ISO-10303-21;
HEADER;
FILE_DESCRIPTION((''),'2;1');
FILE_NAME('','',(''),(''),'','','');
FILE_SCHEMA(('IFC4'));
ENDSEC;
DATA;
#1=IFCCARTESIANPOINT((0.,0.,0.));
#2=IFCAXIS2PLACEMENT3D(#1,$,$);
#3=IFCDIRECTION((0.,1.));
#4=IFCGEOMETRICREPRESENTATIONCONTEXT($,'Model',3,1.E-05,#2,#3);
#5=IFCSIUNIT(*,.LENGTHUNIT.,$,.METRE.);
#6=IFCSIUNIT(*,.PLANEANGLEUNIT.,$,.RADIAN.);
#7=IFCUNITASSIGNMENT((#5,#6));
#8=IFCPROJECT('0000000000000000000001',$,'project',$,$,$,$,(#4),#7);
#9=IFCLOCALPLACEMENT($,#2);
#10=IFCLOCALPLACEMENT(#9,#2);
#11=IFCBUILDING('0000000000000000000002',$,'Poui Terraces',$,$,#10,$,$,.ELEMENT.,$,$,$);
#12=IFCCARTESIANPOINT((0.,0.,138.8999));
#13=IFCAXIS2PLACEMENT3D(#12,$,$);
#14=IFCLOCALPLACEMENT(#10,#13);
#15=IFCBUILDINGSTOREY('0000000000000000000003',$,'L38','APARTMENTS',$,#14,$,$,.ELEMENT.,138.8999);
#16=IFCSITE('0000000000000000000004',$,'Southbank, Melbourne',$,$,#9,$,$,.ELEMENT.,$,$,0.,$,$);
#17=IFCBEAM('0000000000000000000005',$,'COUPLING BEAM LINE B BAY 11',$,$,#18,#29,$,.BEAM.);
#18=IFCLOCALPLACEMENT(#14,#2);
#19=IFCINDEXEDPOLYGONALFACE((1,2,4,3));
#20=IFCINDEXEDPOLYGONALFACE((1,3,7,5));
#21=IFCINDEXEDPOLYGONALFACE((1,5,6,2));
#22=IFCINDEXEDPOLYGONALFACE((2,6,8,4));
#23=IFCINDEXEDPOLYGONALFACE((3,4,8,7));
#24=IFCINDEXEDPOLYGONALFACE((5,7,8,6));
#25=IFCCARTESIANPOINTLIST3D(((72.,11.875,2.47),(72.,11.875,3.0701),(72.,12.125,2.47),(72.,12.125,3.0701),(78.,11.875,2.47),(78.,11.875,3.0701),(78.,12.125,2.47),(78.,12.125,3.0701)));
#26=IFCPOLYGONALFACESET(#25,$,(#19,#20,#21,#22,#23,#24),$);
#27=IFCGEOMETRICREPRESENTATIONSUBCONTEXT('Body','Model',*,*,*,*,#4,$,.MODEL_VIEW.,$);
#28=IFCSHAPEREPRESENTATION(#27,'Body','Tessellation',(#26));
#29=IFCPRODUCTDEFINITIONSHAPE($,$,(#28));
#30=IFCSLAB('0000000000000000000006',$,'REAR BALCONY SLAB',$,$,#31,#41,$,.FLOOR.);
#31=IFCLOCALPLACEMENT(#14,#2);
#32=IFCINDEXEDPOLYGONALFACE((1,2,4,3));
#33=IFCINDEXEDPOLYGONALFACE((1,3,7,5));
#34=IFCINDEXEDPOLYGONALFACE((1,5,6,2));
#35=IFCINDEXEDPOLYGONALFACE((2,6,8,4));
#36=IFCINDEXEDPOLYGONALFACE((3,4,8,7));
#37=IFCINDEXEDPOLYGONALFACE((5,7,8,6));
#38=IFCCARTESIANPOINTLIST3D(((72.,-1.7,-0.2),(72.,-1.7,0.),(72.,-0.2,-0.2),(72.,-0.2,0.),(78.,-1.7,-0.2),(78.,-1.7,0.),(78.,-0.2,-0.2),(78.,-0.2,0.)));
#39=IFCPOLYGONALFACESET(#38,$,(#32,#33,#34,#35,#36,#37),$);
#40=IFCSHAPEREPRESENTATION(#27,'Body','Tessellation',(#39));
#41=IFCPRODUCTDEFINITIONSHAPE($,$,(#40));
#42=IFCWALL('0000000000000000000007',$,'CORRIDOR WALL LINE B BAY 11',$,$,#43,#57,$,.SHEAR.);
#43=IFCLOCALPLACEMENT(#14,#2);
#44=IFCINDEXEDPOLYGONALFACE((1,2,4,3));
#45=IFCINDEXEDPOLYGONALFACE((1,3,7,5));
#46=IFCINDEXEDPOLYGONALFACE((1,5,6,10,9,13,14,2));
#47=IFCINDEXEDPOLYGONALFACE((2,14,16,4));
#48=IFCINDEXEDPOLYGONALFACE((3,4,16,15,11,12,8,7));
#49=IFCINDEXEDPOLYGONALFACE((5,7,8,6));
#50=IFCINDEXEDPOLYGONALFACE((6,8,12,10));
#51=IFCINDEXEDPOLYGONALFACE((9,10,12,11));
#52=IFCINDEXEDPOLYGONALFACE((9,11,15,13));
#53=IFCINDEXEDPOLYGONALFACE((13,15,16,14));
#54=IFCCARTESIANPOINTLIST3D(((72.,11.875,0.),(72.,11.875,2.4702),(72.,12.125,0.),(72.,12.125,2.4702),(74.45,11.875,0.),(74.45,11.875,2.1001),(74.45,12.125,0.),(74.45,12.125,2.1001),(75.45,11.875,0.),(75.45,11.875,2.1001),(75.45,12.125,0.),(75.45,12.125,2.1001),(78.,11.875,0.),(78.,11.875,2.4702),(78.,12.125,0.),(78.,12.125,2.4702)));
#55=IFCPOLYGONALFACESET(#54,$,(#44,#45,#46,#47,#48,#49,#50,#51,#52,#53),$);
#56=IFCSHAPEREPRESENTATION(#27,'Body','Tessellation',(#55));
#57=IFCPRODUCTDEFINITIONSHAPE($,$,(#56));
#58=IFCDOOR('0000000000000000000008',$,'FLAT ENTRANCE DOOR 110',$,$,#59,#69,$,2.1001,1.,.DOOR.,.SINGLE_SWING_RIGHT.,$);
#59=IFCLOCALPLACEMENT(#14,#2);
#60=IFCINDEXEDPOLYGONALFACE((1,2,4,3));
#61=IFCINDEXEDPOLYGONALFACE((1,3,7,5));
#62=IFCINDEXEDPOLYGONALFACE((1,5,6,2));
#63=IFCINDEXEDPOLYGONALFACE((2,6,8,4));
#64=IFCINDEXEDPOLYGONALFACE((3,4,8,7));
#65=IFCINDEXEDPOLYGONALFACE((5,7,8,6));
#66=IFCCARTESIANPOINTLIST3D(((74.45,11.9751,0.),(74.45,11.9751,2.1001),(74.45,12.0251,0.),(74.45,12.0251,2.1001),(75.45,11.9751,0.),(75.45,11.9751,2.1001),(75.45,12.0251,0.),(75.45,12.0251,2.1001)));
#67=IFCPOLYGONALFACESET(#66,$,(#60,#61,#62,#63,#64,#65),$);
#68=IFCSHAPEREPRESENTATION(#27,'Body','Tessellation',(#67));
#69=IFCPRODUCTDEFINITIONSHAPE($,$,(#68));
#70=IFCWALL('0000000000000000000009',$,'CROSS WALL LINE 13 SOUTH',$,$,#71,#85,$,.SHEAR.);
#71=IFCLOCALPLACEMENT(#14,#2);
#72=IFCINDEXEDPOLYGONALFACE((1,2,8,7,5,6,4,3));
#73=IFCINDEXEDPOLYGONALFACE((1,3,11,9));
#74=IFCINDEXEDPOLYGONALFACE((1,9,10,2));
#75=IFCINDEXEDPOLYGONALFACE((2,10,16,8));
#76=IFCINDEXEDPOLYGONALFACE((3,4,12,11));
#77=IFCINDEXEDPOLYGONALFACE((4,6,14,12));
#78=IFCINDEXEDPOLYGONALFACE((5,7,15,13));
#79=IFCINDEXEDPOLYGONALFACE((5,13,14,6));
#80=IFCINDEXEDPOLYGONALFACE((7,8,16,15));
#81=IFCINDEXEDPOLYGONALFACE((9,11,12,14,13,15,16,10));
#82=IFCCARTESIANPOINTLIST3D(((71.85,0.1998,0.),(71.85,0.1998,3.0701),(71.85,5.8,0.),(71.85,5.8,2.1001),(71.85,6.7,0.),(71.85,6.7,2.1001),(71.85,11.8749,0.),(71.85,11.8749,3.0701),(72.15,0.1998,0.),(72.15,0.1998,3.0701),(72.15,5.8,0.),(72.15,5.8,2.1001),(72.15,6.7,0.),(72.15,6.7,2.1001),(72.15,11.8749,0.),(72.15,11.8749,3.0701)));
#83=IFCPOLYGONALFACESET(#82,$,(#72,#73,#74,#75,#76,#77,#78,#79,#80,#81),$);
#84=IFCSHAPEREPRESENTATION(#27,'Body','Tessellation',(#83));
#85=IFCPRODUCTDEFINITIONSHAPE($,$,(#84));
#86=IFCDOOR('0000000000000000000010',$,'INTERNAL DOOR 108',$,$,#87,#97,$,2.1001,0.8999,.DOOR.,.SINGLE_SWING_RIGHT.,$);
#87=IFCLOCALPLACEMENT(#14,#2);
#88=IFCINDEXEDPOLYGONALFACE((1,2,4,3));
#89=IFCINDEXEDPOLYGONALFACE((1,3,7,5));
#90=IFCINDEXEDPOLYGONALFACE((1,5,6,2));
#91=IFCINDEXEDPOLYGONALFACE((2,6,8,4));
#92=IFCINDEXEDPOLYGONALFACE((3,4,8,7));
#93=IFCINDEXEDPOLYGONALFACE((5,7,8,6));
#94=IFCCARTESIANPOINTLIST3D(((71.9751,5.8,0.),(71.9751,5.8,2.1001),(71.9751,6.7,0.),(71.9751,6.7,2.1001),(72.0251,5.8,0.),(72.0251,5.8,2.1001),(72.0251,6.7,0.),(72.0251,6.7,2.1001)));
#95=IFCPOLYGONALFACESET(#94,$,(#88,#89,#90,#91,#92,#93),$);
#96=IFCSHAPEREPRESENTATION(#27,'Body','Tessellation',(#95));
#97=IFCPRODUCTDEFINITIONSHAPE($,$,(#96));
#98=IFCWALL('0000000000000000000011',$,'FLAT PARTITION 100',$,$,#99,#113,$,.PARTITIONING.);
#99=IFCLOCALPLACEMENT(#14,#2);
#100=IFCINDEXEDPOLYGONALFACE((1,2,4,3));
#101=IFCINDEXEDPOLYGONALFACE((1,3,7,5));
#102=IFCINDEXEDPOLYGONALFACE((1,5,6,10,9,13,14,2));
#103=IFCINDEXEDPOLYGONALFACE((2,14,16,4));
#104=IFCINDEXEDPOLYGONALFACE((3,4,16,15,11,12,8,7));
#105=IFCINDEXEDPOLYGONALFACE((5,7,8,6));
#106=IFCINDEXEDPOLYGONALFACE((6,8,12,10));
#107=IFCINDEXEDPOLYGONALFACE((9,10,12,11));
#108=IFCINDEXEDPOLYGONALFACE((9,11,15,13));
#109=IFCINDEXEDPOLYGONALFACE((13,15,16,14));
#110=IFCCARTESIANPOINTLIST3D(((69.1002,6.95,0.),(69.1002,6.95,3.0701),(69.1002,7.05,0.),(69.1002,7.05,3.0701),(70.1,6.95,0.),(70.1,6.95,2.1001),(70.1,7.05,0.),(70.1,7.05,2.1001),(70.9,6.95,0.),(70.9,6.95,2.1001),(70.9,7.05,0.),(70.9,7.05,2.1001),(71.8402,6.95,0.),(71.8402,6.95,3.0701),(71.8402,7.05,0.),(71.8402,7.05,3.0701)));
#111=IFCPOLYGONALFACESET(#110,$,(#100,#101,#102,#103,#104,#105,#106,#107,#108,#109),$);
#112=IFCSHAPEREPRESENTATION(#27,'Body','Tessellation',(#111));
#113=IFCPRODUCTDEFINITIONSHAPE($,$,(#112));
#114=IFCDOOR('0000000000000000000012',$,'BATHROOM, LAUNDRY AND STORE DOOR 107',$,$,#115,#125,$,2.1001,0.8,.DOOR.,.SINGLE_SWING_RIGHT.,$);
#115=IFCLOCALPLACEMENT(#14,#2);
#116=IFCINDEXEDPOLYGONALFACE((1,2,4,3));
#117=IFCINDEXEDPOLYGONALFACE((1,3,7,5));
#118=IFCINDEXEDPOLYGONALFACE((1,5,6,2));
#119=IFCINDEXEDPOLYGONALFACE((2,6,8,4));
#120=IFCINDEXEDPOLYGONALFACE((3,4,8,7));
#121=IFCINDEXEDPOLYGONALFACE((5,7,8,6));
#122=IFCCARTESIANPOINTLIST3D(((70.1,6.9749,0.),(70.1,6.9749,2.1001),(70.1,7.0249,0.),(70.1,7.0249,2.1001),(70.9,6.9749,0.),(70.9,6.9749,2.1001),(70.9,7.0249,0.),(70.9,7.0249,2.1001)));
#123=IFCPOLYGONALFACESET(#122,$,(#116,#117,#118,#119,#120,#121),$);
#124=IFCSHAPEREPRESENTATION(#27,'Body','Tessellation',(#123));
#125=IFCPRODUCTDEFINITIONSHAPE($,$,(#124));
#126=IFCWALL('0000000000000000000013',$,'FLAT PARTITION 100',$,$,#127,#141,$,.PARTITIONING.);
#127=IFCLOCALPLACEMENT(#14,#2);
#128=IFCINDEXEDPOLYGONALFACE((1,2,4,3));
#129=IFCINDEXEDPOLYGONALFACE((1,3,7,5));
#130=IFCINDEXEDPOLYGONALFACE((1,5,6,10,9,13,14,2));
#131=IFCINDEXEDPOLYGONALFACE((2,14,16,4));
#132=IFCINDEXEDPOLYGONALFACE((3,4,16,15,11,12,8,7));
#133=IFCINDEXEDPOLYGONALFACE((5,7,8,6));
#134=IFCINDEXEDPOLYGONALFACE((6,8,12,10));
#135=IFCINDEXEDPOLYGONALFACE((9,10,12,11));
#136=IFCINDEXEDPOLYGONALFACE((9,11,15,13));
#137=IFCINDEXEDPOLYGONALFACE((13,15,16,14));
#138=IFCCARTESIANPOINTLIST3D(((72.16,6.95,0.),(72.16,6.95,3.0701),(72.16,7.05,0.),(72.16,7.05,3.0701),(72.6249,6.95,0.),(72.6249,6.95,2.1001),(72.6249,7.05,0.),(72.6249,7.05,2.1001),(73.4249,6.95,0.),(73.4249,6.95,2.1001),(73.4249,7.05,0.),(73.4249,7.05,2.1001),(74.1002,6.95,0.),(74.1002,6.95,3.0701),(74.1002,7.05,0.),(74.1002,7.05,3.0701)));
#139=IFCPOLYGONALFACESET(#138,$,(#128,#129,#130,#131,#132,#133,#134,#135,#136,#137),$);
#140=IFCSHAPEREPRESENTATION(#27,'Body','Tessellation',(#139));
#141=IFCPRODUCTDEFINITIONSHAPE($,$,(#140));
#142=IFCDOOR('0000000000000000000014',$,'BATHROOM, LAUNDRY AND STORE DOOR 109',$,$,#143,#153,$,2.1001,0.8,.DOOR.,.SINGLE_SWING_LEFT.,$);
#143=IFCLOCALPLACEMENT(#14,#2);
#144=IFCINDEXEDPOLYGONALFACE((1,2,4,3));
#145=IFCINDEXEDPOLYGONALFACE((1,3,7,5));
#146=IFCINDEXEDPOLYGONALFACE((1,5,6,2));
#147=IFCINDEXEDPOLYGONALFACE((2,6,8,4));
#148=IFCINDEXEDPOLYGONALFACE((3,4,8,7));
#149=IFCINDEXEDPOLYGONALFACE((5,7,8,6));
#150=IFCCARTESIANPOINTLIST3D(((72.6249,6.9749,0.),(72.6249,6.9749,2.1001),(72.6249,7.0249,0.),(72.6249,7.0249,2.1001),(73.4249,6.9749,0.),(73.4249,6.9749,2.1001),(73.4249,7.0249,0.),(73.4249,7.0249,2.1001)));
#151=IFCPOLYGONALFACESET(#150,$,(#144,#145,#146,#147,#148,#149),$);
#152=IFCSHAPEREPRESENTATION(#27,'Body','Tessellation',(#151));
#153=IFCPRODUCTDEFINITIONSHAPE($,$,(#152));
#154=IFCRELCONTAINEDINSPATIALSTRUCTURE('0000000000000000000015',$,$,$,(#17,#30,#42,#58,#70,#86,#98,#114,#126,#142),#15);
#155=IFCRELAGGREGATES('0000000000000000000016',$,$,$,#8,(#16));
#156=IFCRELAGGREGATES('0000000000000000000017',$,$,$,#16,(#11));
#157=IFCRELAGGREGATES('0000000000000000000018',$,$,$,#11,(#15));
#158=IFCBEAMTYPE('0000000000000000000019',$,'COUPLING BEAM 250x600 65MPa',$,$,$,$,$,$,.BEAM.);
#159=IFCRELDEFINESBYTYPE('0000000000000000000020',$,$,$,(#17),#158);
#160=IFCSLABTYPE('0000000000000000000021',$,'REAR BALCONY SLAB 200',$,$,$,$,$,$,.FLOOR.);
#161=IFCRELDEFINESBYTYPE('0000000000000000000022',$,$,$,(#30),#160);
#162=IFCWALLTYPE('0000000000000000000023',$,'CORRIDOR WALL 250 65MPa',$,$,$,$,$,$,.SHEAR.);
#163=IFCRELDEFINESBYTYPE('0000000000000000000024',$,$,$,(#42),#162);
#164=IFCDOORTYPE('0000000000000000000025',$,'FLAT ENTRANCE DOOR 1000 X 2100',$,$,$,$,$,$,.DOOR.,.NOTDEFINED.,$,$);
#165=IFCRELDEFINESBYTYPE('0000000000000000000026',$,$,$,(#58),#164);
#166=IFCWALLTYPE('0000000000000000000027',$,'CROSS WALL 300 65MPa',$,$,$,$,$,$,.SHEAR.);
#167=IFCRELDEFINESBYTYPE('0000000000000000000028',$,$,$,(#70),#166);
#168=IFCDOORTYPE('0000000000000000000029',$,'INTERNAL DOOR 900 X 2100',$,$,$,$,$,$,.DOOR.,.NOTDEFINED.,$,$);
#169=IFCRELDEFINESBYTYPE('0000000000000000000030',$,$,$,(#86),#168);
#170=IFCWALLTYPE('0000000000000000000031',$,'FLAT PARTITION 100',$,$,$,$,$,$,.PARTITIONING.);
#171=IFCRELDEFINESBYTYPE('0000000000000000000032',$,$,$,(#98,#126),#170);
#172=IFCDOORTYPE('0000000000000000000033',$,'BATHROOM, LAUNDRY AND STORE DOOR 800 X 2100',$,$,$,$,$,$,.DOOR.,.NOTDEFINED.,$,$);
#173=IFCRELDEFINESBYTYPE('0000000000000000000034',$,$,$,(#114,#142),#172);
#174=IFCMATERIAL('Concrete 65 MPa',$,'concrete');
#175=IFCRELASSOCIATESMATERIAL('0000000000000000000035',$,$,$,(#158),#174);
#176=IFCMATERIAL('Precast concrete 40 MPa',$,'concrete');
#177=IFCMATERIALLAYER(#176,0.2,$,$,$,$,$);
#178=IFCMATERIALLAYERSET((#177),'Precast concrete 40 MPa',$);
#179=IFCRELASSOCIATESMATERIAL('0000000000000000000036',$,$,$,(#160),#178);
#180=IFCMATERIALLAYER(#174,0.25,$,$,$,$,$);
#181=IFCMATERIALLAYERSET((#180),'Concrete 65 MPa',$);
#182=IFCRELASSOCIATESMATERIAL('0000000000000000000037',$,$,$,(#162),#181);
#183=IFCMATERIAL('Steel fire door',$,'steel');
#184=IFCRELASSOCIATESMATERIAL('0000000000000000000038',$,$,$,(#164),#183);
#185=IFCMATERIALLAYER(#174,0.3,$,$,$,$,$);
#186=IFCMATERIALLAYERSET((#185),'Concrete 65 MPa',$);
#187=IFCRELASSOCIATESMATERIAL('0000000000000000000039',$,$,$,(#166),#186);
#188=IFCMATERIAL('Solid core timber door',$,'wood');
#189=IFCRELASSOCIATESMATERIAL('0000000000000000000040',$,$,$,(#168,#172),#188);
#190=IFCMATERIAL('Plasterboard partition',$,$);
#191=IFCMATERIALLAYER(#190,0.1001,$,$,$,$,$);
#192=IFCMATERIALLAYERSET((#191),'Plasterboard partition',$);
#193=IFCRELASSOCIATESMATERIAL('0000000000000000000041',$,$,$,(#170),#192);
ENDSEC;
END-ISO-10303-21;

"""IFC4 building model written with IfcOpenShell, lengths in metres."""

from ifc_helpers import new_model, si_unit, direction, frame, frame_2d, origin, origin_2d, place, context, subcontext, project, spatial, polyline, rectangle, outline, extrude, source, transform, mapped, material, layer, layer_set, material_profile, profile_set, type_object, element, fill, save


model = new_model("IFC4")

# Units and contexts
model_context = context("Model", 3, precision=1e-05, world=origin(), true_north=direction((0.0, 1.0)))
body_context = subcontext(model_context, "Body", "Model", "MODEL_VIEW")
ifc_project = project(units=[si_unit("LENGTHUNIT", "METRE"), si_unit("PLANEANGLEUNIT", "RADIAN")], contexts=[model_context])

# Site, building, storey
site_placement = place(None, origin())
site = spatial("IfcSite", under=ifc_project, at=site_placement, Name="Southbank, Melbourne", CompositionType="ELEMENT", RefElevation=0.0)
building_placement = place(site_placement, origin())
building = spatial("IfcBuilding", under=site, at=building_placement, Name="Poui Terraces", CompositionType="ELEMENT")
storey_placement = place(building_placement, frame((0.0, 0.0, 138.8999)))
storey = spatial("IfcBuildingStorey", under=building, at=storey_placement, Name="L38", Description="APARTMENTS", CompositionType="ELEMENT", Elevation=138.8999)

# Beam
ifc_material_1 = material(Name="Concrete 65 MPa", Category="concrete")
ifc_material_profile_1 = material_profile(ifc_material_1, rectangle(XDim=0.25, YDim=0.6001, at=origin_2d()), Name="RC 250x600")
ifc_profile_set_1 = profile_set([ifc_material_profile_1], Name="Concrete 65 MPa")
beam_type = type_object("IfcBeamType", Name="COUPLING BEAM 250x600 65MPa", PredefinedType="BEAM", material=ifc_profile_set_1)
shared_shape_1 = source(origin(), body_context, "Body", "SweptSolid", [
    extrude(rectangle(XDim=0.25, YDim=0.6001, at=origin_2d()), origin(), (0.0, 0.0, 1.0), 6.0),
])
beam_placement = place(storey_placement, frame((72.0, 12.0, 2.77), z_axis=(1.0, 0.0, 0.0), x_axis=(0.0, 1.0, 0.0)))
element("IfcBeam", 1, at=beam_placement, inside=storey, type_object=beam_type, Name="COUPLING BEAM LINE B BAY 11", PredefinedType="BEAM", context=body_context, shape_type="MappedRepresentation", body=[
    mapped(shared_shape_1, transform((0.0, 0.0, 0.0))),
])

# Slab
ifc_material_2 = material(Name="Precast concrete 40 MPa", Category="concrete")
ifc_layer_1 = layer(ifc_material_2, 0.2)
ifc_layer_set_1 = layer_set([ifc_layer_1], Name="Precast concrete 40 MPa")
slab_type = type_object("IfcSlabType", Name="REAR BALCONY SLAB 200", PredefinedType="FLOOR", material=ifc_layer_set_1)
shared_shape_2 = source(origin(), body_context, "Body", "SweptSolid", [
    extrude(outline(polyline([(0.0, 0.0), (6.0, 0.0), (6.0, 1.5), (0.0, 1.5), (0.0, 0.0)])), origin(), (0.0, 0.0, 1.0), 0.2),
])
slab_placement = place(storey_placement, frame((72.0, -1.7, -0.2)))
element("IfcSlab", 2, at=slab_placement, inside=storey, type_object=slab_type, Name="REAR BALCONY SLAB", PredefinedType="FLOOR", context=body_context, shape_type="MappedRepresentation", body=[
    mapped(shared_shape_2, transform((0.0, 0.0, 0.0))),
])

# Walls, openings, doors
ifc_layer_2 = layer(ifc_material_1, 0.25)
ifc_layer_set_2 = layer_set([ifc_layer_2], Name="Concrete 65 MPa")
wall_type_1 = type_object("IfcWallType", Name="CORRIDOR WALL 250 65MPa", PredefinedType="SHEAR", material=ifc_layer_set_2)
wall_1_placement = place(storey_placement, frame((72.0, 12.0, 0.0), z_axis=(0.0, 0.0, 1.0), x_axis=(1.0, 0.0, 0.0)))
wall_1 = element("IfcWall", 3, at=wall_1_placement, inside=storey, type_object=wall_type_1, Name="CORRIDOR WALL LINE B BAY 11", PredefinedType="SHEAR", context=body_context, shape_type="SweptSolid", body=[
    extrude(rectangle(XDim=6.0, YDim=0.25, at=frame_2d((3.0, 0.0))), origin(), (0.0, 0.0, 1.0), 2.4702),
])
opening_1_placement = place(wall_1_placement, frame((2.45, 0.0, 0.0)))
opening_1 = element("IfcOpeningElement", 4, at=opening_1_placement, cuts=wall_1, PredefinedType="OPENING", context=body_context, shape_type="SweptSolid", body=[
    extrude(rectangle(XDim=1.0, YDim=2.1001, at=frame_2d((0.5, 1.05))), frame((0.0, 0.135, 0.0), z_axis=(0.0, -1.0, 0.0), x_axis=(1.0, 0.0, 0.0)), (0.0, 0.0, 1.0), 0.27),
])
ifc_material_3 = material(Name="Steel fire door", Category="steel")
door_type_1 = type_object("IfcDoorType", Name="FLAT ENTRANCE DOOR 1000 X 2100", OperationType="NOTDEFINED", PredefinedType="DOOR", material=ifc_material_3)
door_1_placement = place(opening_1_placement, frame((1.0, 0.0, 0.0), z_axis=(0.0, 0.0, 1.0), x_axis=(-1.0, 0.0, 0.0)))
door_1 = element("IfcDoor", 5, at=door_1_placement, inside=storey, type_object=door_type_1, Name="FLAT ENTRANCE DOOR 110", OperationType="SINGLE_SWING_RIGHT", OverallHeight=2.1001, OverallWidth=1.0, PredefinedType="DOOR", context=body_context, shape_type="SweptSolid", body=[
    extrude(rectangle(XDim=1.0, YDim=2.1001, at=frame_2d((0.5, 1.05))), frame((0.0, 0.0249, 0.0), z_axis=(0.0, -1.0, 0.0), x_axis=(1.0, 0.0, 0.0)), (0.0, 0.0, 1.0), 0.05),
])
fill(opening_1, door_1)
ifc_layer_3 = layer(ifc_material_1, 0.3)
ifc_layer_set_3 = layer_set([ifc_layer_3], Name="Concrete 65 MPa")
wall_type_2 = type_object("IfcWallType", Name="CROSS WALL 300 65MPa", PredefinedType="SHEAR", material=ifc_layer_set_3)
wall_2_placement = place(storey_placement, frame((72.0, 0.2, 0.0), z_axis=(0.0, 0.0, 1.0), x_axis=(0.0, 1.0, 0.0)))
wall_2 = element("IfcWall", 6, at=wall_2_placement, inside=storey, type_object=wall_type_2, Name="CROSS WALL LINE 13 SOUTH", PredefinedType="SHEAR", context=body_context, shape_type="SweptSolid", body=[
    extrude(rectangle(XDim=11.675, YDim=0.3, at=frame_2d((5.8374, 0.0))), origin(), (0.0, 0.0, 1.0), 3.0701),
])
opening_2_placement = place(wall_2_placement, frame((5.6001, 0.0, 0.0)))
opening_2 = element("IfcOpeningElement", 7, at=opening_2_placement, cuts=wall_2, PredefinedType="OPENING", context=body_context, shape_type="SweptSolid", body=[
    extrude(rectangle(XDim=0.8999, YDim=2.1001, at=frame_2d((0.45, 1.05))), frame((0.0, 0.1602, 0.0), z_axis=(0.0, -1.0, 0.0), x_axis=(1.0, 0.0, 0.0)), (0.0, 0.0, 1.0), 0.3201),
])
ifc_material_4 = material(Name="Solid core timber door", Category="wood")
door_type_2 = type_object("IfcDoorType", Name="INTERNAL DOOR 900 X 2100", OperationType="NOTDEFINED", PredefinedType="DOOR", material=ifc_material_4)
door_2_placement = place(opening_2_placement, origin())
door_2 = element("IfcDoor", 8, at=door_2_placement, inside=storey, type_object=door_type_2, Name="INTERNAL DOOR 108", OperationType="SINGLE_SWING_RIGHT", OverallHeight=2.1001, OverallWidth=0.8999, PredefinedType="DOOR", context=body_context, shape_type="SweptSolid", body=[
    extrude(rectangle(XDim=0.8999, YDim=2.1001, at=frame_2d((0.45, 1.05))), frame((0.0, 0.0249, 0.0), z_axis=(0.0, -1.0, 0.0), x_axis=(1.0, 0.0, 0.0)), (0.0, 0.0, 1.0), 0.05),
])
fill(opening_2, door_2)
ifc_material_5 = material(Name="Plasterboard partition")
ifc_layer_4 = layer(ifc_material_5, 0.1001)
ifc_layer_set_4 = layer_set([ifc_layer_4], Name="Plasterboard partition")
wall_type_3 = type_object("IfcWallType", Name="FLAT PARTITION 100", PredefinedType="PARTITIONING", material=ifc_layer_set_4)
wall_3_placement = place(storey_placement, frame((69.1001, 7.0, 0.0), z_axis=(0.0, 0.0, 1.0), x_axis=(1.0, 0.0, 0.0)))
wall_3 = element("IfcWall", 9, at=wall_3_placement, inside=storey, type_object=wall_type_3, Name="FLAT PARTITION 100", PredefinedType="PARTITIONING", context=body_context, shape_type="SweptSolid", body=[
    extrude(rectangle(XDim=2.74, YDim=0.1001, at=frame_2d((1.3701, 0.0))), origin(), (0.0, 0.0, 1.0), 3.0701),
])
opening_3_placement = place(wall_3_placement, frame((1.0, 0.0, 0.0)))
opening_3 = element("IfcOpeningElement", 10, at=opening_3_placement, cuts=wall_3, PredefinedType="OPENING", context=body_context, shape_type="SweptSolid", body=[
    extrude(rectangle(XDim=0.8, YDim=2.1001, at=frame_2d((0.3999, 1.05))), frame((0.0, 0.0601, 0.0), z_axis=(0.0, -1.0, 0.0), x_axis=(1.0, 0.0, 0.0)), (0.0, 0.0, 1.0), 0.1201),
])
door_type_3 = type_object("IfcDoorType", Name="BATHROOM, LAUNDRY AND STORE DOOR 800 X 2100", OperationType="NOTDEFINED", PredefinedType="DOOR", material=ifc_material_4)
door_3_placement = place(opening_3_placement, origin())
door_3 = element("IfcDoor", 11, at=door_3_placement, inside=storey, type_object=door_type_3, Name="BATHROOM, LAUNDRY AND STORE DOOR 107", OperationType="SINGLE_SWING_RIGHT", OverallHeight=2.1001, OverallWidth=0.8, PredefinedType="DOOR", context=body_context, shape_type="SweptSolid", body=[
    extrude(rectangle(XDim=0.8, YDim=2.1001, at=frame_2d((0.3999, 1.05))), frame((0.0, 0.0249, 0.0), z_axis=(0.0, -1.0, 0.0), x_axis=(1.0, 0.0, 0.0)), (0.0, 0.0, 1.0), 0.05),
])
fill(opening_3, door_3)
wall_4_placement = place(storey_placement, frame((72.1599, 7.0, 0.0), z_axis=(0.0, 0.0, 1.0), x_axis=(1.0, 0.0, 0.0)))
wall_4 = element("IfcWall", 12, at=wall_4_placement, inside=storey, type_object=wall_type_3, Name="FLAT PARTITION 100", PredefinedType="PARTITIONING", context=body_context, shape_type="SweptSolid", body=[
    extrude(rectangle(XDim=1.9402, YDim=0.1001, at=frame_2d((0.9702, 0.0))), origin(), (0.0, 0.0, 1.0), 3.0701),
])
opening_4_placement = place(wall_4_placement, frame((0.4651, 0.0, 0.0)))
opening_4 = element("IfcOpeningElement", 13, at=opening_4_placement, cuts=wall_4, PredefinedType="OPENING", context=body_context, shape_type="SweptSolid", body=[
    extrude(rectangle(XDim=0.8, YDim=2.1001, at=frame_2d((0.3999, 1.05))), frame((0.0, 0.0601, 0.0), z_axis=(0.0, -1.0, 0.0), x_axis=(1.0, 0.0, 0.0)), (0.0, 0.0, 1.0), 0.1201),
])
door_4_placement = place(opening_4_placement, origin())
door_4 = element("IfcDoor", 14, at=door_4_placement, inside=storey, type_object=door_type_3, Name="BATHROOM, LAUNDRY AND STORE DOOR 109", OperationType="SINGLE_SWING_LEFT", OverallHeight=2.1001, OverallWidth=0.8, PredefinedType="DOOR", context=body_context, shape_type="SweptSolid", body=[
    extrude(rectangle(XDim=0.8, YDim=2.1001, at=frame_2d((0.3999, 1.05))), frame((0.0, 0.0249, 0.0), z_axis=(0.0, -1.0, 0.0), x_axis=(1.0, 0.0, 0.0)), (0.0, 0.0, 1.0), 0.05),
])
fill(opening_4, door_4)

save(model, "model.ifc")
